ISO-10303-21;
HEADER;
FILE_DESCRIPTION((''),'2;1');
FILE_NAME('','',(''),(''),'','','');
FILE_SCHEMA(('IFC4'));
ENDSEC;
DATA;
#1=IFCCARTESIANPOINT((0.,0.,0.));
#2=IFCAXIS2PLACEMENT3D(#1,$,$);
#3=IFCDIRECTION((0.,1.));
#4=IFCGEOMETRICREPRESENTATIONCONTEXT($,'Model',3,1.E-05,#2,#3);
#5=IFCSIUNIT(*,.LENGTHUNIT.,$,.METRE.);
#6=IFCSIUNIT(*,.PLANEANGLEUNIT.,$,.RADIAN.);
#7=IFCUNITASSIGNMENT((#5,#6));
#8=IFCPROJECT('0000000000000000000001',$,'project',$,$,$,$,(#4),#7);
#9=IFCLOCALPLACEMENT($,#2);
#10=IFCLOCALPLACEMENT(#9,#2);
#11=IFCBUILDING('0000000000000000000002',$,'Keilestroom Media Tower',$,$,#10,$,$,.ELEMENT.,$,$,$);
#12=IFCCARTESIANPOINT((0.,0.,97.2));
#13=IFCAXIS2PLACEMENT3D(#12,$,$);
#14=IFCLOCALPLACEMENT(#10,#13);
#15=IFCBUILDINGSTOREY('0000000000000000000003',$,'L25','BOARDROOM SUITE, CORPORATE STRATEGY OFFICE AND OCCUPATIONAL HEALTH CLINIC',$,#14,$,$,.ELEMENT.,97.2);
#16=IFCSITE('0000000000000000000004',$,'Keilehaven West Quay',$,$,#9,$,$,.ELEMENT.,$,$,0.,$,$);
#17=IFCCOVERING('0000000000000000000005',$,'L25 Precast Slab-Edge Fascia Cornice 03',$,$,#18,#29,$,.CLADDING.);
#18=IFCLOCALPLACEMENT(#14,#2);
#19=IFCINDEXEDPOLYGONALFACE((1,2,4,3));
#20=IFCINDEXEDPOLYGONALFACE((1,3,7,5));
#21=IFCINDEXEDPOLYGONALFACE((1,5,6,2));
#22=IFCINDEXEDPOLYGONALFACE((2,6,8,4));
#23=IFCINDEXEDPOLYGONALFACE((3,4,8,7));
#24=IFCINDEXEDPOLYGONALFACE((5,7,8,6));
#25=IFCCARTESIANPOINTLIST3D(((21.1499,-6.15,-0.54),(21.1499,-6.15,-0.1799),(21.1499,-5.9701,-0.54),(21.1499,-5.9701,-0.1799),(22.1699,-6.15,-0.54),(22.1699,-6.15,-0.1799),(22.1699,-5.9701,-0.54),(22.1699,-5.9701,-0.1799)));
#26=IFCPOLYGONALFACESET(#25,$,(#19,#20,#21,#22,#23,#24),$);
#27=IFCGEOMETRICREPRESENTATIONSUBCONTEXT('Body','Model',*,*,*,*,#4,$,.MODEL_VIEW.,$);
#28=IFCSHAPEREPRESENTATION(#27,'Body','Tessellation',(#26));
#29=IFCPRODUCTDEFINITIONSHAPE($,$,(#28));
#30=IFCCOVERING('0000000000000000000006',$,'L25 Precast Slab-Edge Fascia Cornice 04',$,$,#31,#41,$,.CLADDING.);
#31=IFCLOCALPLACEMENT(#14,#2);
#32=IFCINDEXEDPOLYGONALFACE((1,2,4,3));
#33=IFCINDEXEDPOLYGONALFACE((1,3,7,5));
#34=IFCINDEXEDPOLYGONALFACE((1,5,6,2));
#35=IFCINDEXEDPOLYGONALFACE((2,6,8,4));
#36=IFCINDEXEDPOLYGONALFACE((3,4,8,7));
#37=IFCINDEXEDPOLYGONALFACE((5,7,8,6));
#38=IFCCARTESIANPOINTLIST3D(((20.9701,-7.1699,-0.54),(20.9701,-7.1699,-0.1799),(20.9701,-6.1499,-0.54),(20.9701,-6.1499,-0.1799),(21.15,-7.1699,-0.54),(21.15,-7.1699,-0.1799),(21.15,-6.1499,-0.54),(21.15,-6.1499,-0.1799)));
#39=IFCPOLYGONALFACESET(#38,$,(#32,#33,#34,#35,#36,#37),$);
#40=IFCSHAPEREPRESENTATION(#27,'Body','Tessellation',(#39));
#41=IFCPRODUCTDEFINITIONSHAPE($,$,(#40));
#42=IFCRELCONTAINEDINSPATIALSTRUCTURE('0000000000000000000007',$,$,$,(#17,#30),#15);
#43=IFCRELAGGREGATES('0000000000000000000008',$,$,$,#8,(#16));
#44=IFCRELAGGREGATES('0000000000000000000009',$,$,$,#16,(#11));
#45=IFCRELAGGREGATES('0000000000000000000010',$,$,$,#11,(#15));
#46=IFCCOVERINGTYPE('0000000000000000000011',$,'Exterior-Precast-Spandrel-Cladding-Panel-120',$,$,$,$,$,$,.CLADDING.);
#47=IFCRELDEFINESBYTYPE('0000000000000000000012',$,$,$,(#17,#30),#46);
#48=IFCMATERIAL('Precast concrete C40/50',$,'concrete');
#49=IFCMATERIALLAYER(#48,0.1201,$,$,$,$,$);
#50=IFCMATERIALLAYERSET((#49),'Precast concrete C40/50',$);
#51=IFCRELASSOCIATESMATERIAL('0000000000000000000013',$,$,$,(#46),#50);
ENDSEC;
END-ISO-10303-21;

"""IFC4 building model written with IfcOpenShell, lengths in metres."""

from ifc_helpers import new_model, si_unit, direction, frame, origin, origin_2d, place, context, subcontext, project, spatial, rectangle, extrude, source, transform, mapped, material, layer, layer_set, type_object, element, save


model = new_model("IFC4")

# Units and contexts
model_context = context("Model", 3, precision=1e-05, world=origin(), true_north=direction((0.0, 1.0)))
body_context = subcontext(model_context, "Body", "Model", "MODEL_VIEW")
ifc_project = project(units=[si_unit("LENGTHUNIT", "METRE"), si_unit("PLANEANGLEUNIT", "RADIAN")], contexts=[model_context])

# Site, building, storey
site_placement = place(None, origin())
site = spatial("IfcSite", under=ifc_project, at=site_placement, Name="Keilehaven West Quay", CompositionType="ELEMENT", RefElevation=0.0)
building_placement = place(site_placement, origin())
building = spatial("IfcBuilding", under=site, at=building_placement, Name="Keilestroom Media Tower", CompositionType="ELEMENT")
storey_placement = place(building_placement, frame((0.0, 0.0, 97.2)))
storey = spatial("IfcBuildingStorey", under=building, at=storey_placement, Name="L25", Description="BOARDROOM SUITE, CORPORATE STRATEGY OFFICE AND OCCUPATIONAL HEALTH CLINIC", CompositionType="ELEMENT", Elevation=97.2)

# Shared definitions
ifc_material_1 = material(Name="Precast concrete C40/50", Category="concrete")

# Coverings
ifc_layer_1 = layer(ifc_material_1, 0.1201)
ifc_layer_set_1 = layer_set([ifc_layer_1], Name="Precast concrete C40/50")
covering_type = type_object("IfcCoveringType", Name="Exterior-Precast-Spandrel-Cladding-Panel-120", PredefinedType="CLADDING", material=ifc_layer_set_1)
shared_shape_1 = source(origin(), body_context, "Body", "SweptSolid", [
    extrude(rectangle(XDim=1.02, YDim=0.1799, at=origin_2d()), origin(), (0.0, 0.0, 1.0), 0.3601),
])
for number, where, z_axis, x_axis, name in (
    (1, (21.6599, -6.0601, -0.54), (0.0, 0.0, 1.0), (-1.0, 0.0, 0.0), "L25 Precast Slab-Edge Fascia Cornice 03"),
    (2, (21.0601, -6.6599, -0.54), (0.0, 0.0, 1.0), (0.0, -1.0, 0.0), "L25 Precast Slab-Edge Fascia Cornice 04"),
):
    element("IfcCovering", number, at=place(storey_placement, frame(where, z_axis=z_axis, x_axis=x_axis)), inside=storey, type_object=covering_type, Name=name, PredefinedType="CLADDING", context=body_context, shape_type="MappedRepresentation", body=[
        mapped(shared_shape_1, transform((0.0, 0.0, 0.0), x_axis=(1.0, 0.0, 0.0), y_axis=(0.0, 1.0, 0.0), z_axis=(0.0, 0.0, 1.0), scale=1.0)),
    ])

save(model, "model.ifc")
